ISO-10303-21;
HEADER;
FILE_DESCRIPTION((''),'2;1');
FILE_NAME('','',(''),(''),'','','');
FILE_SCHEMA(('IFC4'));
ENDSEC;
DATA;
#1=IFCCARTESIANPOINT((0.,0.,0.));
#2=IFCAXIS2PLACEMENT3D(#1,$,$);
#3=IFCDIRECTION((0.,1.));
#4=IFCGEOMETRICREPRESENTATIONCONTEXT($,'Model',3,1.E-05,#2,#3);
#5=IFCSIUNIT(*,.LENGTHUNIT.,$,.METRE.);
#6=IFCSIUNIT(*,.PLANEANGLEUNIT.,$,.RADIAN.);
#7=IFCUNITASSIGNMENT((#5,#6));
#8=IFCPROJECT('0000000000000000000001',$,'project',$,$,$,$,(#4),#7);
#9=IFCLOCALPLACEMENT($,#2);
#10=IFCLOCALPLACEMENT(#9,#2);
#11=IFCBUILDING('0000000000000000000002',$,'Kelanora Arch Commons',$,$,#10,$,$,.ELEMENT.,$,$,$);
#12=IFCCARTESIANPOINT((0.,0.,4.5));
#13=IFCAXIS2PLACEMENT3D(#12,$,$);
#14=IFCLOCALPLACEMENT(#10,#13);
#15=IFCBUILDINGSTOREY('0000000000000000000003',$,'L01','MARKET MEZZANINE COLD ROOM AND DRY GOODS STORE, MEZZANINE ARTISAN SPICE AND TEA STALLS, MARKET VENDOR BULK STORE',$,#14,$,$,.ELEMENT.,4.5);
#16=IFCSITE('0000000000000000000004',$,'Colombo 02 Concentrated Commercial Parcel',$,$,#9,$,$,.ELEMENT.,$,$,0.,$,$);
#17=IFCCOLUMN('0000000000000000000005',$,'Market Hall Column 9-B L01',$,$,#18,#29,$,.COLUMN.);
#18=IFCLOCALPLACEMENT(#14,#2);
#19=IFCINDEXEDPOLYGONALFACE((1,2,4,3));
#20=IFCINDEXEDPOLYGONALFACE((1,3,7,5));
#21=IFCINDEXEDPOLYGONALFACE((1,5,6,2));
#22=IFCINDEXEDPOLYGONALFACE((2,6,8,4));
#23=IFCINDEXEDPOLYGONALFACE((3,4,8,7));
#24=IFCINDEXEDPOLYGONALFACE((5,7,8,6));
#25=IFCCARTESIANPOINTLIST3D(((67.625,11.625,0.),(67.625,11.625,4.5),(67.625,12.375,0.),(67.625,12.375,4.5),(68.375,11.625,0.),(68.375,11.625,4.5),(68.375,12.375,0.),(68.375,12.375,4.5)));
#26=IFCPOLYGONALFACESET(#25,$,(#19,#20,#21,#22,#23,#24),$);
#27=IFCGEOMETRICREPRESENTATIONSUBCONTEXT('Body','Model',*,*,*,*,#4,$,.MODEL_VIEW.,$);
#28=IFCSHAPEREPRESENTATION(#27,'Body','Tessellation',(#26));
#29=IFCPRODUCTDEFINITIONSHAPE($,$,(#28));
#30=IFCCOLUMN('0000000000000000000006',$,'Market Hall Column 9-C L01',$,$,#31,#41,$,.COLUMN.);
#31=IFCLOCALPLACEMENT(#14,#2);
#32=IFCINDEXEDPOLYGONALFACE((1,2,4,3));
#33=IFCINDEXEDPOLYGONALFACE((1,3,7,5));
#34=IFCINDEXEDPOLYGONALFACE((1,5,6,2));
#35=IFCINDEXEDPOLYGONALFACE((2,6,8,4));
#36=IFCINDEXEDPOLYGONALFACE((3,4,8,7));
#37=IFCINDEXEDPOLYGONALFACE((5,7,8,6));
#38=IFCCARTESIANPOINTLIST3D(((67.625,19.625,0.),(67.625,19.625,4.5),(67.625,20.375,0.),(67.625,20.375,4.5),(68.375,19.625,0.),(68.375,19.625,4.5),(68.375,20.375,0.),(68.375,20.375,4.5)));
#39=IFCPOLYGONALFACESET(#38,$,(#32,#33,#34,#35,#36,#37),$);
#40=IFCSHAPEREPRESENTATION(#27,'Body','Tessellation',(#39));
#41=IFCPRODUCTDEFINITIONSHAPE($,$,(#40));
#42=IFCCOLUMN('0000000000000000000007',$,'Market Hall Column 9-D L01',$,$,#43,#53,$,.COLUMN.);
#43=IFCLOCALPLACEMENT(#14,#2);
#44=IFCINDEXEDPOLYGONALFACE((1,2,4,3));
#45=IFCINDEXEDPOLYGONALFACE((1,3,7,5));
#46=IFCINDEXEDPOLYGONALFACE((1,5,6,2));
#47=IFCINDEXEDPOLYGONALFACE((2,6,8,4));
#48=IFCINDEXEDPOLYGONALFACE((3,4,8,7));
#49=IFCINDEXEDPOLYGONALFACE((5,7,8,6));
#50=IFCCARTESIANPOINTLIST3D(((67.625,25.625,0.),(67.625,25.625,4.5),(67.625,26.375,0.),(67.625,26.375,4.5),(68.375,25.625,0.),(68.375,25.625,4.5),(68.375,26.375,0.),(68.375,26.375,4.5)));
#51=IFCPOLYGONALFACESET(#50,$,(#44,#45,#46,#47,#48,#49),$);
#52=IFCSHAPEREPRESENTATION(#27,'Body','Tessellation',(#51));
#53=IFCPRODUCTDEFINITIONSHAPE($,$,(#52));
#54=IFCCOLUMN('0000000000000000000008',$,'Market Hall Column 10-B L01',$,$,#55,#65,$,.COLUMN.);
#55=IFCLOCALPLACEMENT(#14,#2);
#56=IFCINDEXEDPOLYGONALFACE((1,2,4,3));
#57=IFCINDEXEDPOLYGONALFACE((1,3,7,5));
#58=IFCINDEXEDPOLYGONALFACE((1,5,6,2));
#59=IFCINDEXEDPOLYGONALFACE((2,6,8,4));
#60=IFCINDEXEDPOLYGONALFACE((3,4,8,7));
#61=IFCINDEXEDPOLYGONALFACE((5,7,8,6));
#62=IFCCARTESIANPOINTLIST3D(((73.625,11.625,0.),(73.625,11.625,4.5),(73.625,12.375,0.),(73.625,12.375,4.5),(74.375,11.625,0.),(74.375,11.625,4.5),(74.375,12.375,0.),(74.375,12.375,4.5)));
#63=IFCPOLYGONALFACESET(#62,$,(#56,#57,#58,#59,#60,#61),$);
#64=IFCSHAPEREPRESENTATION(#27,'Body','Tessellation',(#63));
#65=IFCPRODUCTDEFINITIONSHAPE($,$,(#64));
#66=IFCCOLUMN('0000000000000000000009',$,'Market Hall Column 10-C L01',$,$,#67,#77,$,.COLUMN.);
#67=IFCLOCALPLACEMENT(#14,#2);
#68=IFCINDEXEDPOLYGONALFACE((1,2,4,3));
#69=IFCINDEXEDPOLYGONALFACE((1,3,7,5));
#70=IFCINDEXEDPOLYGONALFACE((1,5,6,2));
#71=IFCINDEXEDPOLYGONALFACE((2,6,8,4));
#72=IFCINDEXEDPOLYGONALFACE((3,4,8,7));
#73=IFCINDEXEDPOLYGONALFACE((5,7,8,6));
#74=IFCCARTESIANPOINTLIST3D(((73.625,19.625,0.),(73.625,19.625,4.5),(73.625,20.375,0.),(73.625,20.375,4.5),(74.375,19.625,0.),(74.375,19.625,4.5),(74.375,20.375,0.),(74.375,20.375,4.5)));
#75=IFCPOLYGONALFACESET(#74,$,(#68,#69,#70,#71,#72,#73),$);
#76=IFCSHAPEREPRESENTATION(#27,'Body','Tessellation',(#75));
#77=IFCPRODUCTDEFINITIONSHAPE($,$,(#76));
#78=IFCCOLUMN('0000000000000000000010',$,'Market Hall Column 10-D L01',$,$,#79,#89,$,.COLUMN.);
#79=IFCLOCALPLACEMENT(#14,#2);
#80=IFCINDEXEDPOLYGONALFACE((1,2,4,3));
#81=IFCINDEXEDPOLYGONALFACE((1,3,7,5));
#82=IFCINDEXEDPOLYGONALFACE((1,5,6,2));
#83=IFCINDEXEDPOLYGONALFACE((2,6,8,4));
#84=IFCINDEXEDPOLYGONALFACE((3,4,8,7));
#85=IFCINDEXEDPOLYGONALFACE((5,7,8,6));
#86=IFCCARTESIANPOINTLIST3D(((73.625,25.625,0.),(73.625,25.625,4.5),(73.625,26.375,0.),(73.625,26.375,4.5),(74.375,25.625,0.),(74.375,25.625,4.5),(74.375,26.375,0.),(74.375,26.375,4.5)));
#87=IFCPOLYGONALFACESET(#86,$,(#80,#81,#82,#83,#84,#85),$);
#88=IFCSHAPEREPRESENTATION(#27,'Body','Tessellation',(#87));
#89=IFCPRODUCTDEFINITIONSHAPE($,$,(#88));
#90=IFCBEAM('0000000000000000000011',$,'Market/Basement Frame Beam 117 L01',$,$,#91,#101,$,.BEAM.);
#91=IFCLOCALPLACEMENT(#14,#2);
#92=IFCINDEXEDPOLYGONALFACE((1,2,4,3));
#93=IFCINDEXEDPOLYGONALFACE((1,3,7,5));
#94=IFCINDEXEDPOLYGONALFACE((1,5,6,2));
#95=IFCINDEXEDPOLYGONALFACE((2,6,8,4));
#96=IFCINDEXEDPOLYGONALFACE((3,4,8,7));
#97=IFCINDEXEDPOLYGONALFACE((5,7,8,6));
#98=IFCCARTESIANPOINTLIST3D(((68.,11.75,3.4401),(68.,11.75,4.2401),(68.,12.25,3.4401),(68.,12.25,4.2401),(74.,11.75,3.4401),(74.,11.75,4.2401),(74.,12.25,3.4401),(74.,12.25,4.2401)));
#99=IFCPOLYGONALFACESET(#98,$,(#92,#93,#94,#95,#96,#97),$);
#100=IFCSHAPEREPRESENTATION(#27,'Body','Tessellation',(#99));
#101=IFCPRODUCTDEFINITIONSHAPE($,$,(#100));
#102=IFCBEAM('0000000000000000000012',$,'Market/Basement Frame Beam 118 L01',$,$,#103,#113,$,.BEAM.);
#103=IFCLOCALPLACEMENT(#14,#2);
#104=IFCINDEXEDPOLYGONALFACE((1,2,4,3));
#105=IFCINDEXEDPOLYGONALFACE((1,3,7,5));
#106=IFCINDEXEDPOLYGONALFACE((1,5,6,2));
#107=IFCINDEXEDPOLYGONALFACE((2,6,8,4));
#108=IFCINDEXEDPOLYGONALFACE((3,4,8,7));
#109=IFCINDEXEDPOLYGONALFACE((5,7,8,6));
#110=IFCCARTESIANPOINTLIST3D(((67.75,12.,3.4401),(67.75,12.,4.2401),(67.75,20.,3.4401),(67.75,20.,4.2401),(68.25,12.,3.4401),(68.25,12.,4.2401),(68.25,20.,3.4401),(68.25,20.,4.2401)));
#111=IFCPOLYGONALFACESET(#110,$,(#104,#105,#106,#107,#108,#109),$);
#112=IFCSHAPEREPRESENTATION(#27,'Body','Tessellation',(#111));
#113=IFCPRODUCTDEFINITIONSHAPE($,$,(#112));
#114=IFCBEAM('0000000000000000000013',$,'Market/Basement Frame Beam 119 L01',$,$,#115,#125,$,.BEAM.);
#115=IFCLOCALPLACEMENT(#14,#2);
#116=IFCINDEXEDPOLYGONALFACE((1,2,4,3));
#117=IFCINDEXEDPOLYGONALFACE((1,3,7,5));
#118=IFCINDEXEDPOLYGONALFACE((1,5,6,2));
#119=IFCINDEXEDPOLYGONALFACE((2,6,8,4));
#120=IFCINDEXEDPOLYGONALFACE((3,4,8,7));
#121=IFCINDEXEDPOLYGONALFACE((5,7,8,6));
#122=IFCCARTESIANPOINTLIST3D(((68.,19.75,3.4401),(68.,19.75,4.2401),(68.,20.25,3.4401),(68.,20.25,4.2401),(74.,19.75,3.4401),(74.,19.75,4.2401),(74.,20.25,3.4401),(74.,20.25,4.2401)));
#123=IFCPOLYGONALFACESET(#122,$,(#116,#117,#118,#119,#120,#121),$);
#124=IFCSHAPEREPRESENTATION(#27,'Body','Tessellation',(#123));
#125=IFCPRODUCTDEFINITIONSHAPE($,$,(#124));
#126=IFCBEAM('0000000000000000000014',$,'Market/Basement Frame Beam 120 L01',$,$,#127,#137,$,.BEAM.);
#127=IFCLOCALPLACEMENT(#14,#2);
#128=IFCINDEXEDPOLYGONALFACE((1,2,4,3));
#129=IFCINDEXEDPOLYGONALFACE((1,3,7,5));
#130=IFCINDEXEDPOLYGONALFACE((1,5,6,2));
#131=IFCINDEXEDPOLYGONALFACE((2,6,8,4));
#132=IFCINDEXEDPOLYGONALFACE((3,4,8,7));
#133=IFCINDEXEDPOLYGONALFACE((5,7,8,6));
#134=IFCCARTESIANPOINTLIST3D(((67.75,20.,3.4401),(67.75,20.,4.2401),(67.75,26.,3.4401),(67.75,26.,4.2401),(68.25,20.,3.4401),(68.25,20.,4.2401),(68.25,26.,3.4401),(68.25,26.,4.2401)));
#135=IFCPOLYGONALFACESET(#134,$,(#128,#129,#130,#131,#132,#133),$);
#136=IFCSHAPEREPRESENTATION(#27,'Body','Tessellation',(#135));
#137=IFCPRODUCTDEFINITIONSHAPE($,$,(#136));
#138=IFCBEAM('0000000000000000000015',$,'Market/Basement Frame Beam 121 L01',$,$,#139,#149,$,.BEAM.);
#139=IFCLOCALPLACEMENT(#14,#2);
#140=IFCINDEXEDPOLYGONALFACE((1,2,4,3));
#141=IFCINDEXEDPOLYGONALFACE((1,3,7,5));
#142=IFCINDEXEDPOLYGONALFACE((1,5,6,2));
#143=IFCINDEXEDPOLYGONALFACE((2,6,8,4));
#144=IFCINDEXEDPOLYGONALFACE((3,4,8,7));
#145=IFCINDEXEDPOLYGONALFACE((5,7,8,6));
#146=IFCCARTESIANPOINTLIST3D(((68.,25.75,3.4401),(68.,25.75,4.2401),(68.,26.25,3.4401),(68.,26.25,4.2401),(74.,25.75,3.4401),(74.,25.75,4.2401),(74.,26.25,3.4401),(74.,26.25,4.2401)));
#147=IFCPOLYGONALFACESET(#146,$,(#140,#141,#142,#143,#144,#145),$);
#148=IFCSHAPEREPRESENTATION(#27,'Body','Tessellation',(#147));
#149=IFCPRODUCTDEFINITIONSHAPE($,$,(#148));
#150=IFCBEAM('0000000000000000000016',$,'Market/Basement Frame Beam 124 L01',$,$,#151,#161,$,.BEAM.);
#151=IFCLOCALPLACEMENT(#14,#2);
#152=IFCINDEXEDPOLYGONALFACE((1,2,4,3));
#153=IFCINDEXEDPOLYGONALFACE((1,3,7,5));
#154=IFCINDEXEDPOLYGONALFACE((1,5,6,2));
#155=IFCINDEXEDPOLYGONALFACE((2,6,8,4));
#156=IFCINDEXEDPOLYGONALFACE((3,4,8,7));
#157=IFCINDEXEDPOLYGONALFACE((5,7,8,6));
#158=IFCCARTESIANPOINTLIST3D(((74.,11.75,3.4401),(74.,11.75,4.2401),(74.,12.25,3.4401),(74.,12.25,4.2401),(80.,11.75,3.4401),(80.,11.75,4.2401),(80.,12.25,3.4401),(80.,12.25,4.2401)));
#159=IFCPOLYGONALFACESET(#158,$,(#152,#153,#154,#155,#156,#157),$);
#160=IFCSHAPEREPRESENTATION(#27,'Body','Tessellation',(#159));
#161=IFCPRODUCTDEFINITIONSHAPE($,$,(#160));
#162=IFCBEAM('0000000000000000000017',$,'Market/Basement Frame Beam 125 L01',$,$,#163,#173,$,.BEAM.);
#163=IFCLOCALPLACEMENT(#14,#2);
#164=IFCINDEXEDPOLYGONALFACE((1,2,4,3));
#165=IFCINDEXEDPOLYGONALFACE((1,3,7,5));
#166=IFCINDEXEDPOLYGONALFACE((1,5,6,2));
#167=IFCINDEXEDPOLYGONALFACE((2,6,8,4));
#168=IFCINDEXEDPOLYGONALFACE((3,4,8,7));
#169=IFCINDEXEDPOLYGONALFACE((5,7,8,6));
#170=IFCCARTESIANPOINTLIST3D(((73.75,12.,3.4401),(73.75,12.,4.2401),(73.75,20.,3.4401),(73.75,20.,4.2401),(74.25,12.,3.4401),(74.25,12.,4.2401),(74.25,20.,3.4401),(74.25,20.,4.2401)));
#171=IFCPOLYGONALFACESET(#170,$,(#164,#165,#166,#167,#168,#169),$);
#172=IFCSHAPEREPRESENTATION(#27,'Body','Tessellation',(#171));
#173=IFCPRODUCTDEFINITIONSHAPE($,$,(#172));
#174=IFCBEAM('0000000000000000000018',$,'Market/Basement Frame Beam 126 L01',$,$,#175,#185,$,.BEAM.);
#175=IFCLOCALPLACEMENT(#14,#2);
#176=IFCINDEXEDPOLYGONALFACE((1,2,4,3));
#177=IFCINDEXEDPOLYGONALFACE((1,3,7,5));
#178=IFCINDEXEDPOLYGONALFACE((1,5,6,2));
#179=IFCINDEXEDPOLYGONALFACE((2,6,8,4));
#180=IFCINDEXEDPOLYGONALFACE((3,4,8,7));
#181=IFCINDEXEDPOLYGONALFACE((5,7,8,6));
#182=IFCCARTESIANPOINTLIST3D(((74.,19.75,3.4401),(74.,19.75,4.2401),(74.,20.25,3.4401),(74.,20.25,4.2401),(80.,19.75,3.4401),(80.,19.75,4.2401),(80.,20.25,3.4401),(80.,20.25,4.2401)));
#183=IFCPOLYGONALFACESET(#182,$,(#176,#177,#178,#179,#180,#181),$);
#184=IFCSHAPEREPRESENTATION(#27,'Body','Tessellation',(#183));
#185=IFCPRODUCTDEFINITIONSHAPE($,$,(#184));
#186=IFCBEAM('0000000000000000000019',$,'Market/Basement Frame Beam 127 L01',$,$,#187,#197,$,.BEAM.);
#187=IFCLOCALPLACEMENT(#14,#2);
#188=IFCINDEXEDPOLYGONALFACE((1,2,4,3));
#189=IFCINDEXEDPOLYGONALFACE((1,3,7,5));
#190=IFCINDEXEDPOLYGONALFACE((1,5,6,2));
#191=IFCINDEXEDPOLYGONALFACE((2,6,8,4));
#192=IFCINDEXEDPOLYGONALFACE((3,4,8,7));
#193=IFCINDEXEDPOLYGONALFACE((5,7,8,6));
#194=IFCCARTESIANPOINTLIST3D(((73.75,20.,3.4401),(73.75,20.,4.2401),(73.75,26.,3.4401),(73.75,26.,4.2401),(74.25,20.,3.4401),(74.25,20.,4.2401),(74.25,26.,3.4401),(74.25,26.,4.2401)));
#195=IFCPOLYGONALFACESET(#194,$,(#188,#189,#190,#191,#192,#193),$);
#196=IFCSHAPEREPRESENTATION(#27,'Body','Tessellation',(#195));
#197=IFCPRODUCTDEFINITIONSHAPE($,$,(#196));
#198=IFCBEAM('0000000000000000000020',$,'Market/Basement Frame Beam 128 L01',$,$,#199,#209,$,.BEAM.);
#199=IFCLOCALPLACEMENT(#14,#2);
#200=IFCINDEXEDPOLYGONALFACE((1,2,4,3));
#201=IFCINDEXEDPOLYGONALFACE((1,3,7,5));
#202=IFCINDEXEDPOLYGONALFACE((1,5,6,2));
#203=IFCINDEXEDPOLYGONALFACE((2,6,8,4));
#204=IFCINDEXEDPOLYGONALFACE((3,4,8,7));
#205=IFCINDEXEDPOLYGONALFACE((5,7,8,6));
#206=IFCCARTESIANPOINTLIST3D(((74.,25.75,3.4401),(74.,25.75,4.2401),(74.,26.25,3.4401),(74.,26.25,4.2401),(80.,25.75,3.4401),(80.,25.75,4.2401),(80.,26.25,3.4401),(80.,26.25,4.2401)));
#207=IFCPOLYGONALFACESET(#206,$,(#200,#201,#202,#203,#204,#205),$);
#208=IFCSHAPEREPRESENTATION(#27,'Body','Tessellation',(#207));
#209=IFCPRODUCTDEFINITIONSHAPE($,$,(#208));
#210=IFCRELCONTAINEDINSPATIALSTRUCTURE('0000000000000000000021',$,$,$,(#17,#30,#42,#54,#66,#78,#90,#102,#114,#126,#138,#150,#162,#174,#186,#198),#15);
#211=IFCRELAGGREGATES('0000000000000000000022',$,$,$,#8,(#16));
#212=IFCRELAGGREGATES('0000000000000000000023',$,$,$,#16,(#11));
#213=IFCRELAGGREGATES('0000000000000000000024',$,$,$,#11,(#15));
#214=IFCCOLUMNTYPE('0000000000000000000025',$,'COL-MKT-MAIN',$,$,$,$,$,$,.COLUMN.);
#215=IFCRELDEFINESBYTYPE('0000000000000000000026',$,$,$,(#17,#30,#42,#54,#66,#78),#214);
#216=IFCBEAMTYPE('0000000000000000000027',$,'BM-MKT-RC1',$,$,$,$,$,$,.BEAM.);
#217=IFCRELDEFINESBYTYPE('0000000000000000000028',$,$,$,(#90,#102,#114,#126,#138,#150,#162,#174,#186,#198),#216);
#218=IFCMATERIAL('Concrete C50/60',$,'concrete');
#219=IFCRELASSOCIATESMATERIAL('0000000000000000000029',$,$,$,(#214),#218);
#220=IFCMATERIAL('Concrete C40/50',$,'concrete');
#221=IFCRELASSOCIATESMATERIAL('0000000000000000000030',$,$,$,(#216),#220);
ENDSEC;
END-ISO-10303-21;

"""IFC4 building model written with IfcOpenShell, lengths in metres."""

from ifc_helpers import new_model, si_unit, direction, frame, origin, origin_2d, place, context, subcontext, project, spatial, rectangle, extrude, material, material_profile, profile_set, type_object, element, save


model = new_model("IFC4")

# Units and contexts
model_context = context("Model", 3, precision=1e-05, world=origin(), true_north=direction((0.0, 1.0)))
body_context = subcontext(model_context, "Body", "Model", "MODEL_VIEW")
ifc_project = project(units=[si_unit("LENGTHUNIT", "METRE"), si_unit("PLANEANGLEUNIT", "RADIAN")], contexts=[model_context])

# Site, building, storey
site_placement = place(None, origin())
site = spatial("IfcSite", under=ifc_project, at=site_placement, Name="Colombo 02 Concentrated Commercial Parcel", CompositionType="ELEMENT", RefElevation=0.0)
building_placement = place(site_placement, origin())
building = spatial("IfcBuilding", under=site, at=building_placement, Name="Kelanora Arch Commons", CompositionType="ELEMENT")
storey_placement = place(building_placement, frame((0.0, 0.0, 4.5)))
storey = spatial("IfcBuildingStorey", under=building, at=storey_placement, Name="L01", Description="MARKET MEZZANINE COLD ROOM AND DRY GOODS STORE, MEZZANINE ARTISAN SPICE AND TEA STALLS, MARKET VENDOR BULK STORE", CompositionType="ELEMENT", Elevation=4.5)

# Columns
ifc_material_1 = material(Name="Concrete C50/60", Category="concrete")
ifc_material_profile_1 = material_profile(ifc_material_1, rectangle(XDim=0.75, YDim=0.75, at=origin_2d()), Name="RC750x750")
ifc_profile_set_1 = profile_set([ifc_material_profile_1], Name="Concrete C50/60")
column_type = type_object("IfcColumnType", Name="COL-MKT-MAIN", PredefinedType="COLUMN", material=ifc_profile_set_1)
for number, where, z_axis, x_axis, name in (
    (1, (68.0, 12.0, 0.0), (0.0, 0.0, 1.0), (1.0, 0.0, 0.0), "Market Hall Column 9-B L01"),
    (2, (68.0, 20.0, 0.0), (0.0, 0.0, 1.0), (1.0, 0.0, 0.0), "Market Hall Column 9-C L01"),
    (3, (68.0, 26.0, 0.0), (0.0, 0.0, 1.0), (1.0, 0.0, 0.0), "Market Hall Column 9-D L01"),
    (4, (74.0, 12.0, 0.0), (0.0, 0.0, 1.0), (1.0, 0.0, 0.0), "Market Hall Column 10-B L01"),
    (5, (74.0, 20.0, 0.0), (0.0, 0.0, 1.0), (1.0, 0.0, 0.0), "Market Hall Column 10-C L01"),
    (6, (74.0, 26.0, 0.0), (0.0, 0.0, 1.0), (1.0, 0.0, 0.0), "Market Hall Column 10-D L01"),
):
    element("IfcColumn", number, at=place(storey_placement, frame(where, z_axis=z_axis, x_axis=x_axis)), inside=storey, type_object=column_type, Name=name, PredefinedType="COLUMN", context=body_context, shape_type="SweptSolid", body=[
        extrude(rectangle(XDim=0.75, YDim=0.75, at=origin_2d()), origin(), (0.0, 0.0, 1.0), 4.5),
    ])

# Beams
ifc_material_2 = material(Name="Concrete C40/50", Category="concrete")
ifc_material_profile_2 = material_profile(ifc_material_2, rectangle(XDim=0.5, YDim=0.8, at=origin_2d()), Name="RCB500x800")
ifc_profile_set_2 = profile_set([ifc_material_profile_2], Name="Concrete C40/50")
beam_type = type_object("IfcBeamType", Name="BM-MKT-RC1", PredefinedType="BEAM", material=ifc_profile_set_2)
beam_1_placement = place(storey_placement, frame((68.0, 12.0, 3.8401), z_axis=(1.0, 0.0, 0.0), x_axis=(0.0, 1.0, 0.0)))
element("IfcBeam", 7, at=beam_1_placement, inside=storey, type_object=beam_type, Name="Market/Basement Frame Beam 117 L01", PredefinedType="BEAM", context=body_context, shape_type="SweptSolid", body=[
    extrude(rectangle(XDim=0.5, YDim=0.8, at=origin_2d()), origin(), (0.0, 0.0, 1.0), 6.0),
])
beam_2_placement = place(storey_placement, frame((68.0, 12.0, 3.8401), z_axis=(0.0, 1.0, 0.0), x_axis=(-1.0, 0.0, 0.0)))
element("IfcBeam", 8, at=beam_2_placement, inside=storey, type_object=beam_type, Name="Market/Basement Frame Beam 118 L01", PredefinedType="BEAM", context=body_context, shape_type="SweptSolid", body=[
    extrude(rectangle(XDim=0.5, YDim=0.8, at=origin_2d()), origin(), (0.0, 0.0, 1.0), 8.0),
])
for number, where, z_axis, x_axis, name in (
    (9, (68.0, 20.0, 3.8401), (1.0, 0.0, 0.0), (0.0, 1.0, 0.0), "Market/Basement Frame Beam 119 L01"),
    (10, (68.0, 20.0, 3.8401), (0.0, 1.0, 0.0), (-1.0, 0.0, 0.0), "Market/Basement Frame Beam 120 L01"),
    (11, (68.0, 26.0, 3.8401), (1.0, 0.0, 0.0), (0.0, 1.0, 0.0), "Market/Basement Frame Beam 121 L01"),
    (12, (74.0, 12.0, 3.8401), (1.0, 0.0, 0.0), (0.0, 1.0, 0.0), "Market/Basement Frame Beam 124 L01"),
):
    element("IfcBeam", number, at=place(storey_placement, frame(where, z_axis=z_axis, x_axis=x_axis)), inside=storey, type_object=beam_type, Name=name, PredefinedType="BEAM", context=body_context, shape_type="SweptSolid", body=[
        extrude(rectangle(XDim=0.5, YDim=0.8, at=origin_2d()), origin(), (0.0, 0.0, 1.0), 6.0),
    ])
beam_3_placement = place(storey_placement, frame((74.0, 12.0, 3.8401), z_axis=(0.0, 1.0, 0.0), x_axis=(-1.0, 0.0, 0.0)))
element("IfcBeam", 13, at=beam_3_placement, inside=storey, type_object=beam_type, Name="Market/Basement Frame Beam 125 L01", PredefinedType="BEAM", context=body_context, shape_type="SweptSolid", body=[
    extrude(rectangle(XDim=0.5, YDim=0.8, at=origin_2d()), origin(), (0.0, 0.0, 1.0), 8.0),
])
for number, where, z_axis, x_axis, name in (
    (14, (74.0, 20.0, 3.8401), (1.0, 0.0, 0.0), (0.0, 1.0, 0.0), "Market/Basement Frame Beam 126 L01"),
    (15, (74.0, 20.0, 3.8401), (0.0, 1.0, 0.0), (-1.0, 0.0, 0.0), "Market/Basement Frame Beam 127 L01"),
    (16, (74.0, 26.0, 3.8401), (1.0, 0.0, 0.0), (0.0, 1.0, 0.0), "Market/Basement Frame Beam 128 L01"),
):
    element("IfcBeam", number, at=place(storey_placement, frame(where, z_axis=z_axis, x_axis=x_axis)), inside=storey, type_object=beam_type, Name=name, PredefinedType="BEAM", context=body_context, shape_type="SweptSolid", body=[
        extrude(rectangle(XDim=0.5, YDim=0.8, at=origin_2d()), origin(), (0.0, 0.0, 1.0), 6.0),
    ])

save(model, "model.ifc")
